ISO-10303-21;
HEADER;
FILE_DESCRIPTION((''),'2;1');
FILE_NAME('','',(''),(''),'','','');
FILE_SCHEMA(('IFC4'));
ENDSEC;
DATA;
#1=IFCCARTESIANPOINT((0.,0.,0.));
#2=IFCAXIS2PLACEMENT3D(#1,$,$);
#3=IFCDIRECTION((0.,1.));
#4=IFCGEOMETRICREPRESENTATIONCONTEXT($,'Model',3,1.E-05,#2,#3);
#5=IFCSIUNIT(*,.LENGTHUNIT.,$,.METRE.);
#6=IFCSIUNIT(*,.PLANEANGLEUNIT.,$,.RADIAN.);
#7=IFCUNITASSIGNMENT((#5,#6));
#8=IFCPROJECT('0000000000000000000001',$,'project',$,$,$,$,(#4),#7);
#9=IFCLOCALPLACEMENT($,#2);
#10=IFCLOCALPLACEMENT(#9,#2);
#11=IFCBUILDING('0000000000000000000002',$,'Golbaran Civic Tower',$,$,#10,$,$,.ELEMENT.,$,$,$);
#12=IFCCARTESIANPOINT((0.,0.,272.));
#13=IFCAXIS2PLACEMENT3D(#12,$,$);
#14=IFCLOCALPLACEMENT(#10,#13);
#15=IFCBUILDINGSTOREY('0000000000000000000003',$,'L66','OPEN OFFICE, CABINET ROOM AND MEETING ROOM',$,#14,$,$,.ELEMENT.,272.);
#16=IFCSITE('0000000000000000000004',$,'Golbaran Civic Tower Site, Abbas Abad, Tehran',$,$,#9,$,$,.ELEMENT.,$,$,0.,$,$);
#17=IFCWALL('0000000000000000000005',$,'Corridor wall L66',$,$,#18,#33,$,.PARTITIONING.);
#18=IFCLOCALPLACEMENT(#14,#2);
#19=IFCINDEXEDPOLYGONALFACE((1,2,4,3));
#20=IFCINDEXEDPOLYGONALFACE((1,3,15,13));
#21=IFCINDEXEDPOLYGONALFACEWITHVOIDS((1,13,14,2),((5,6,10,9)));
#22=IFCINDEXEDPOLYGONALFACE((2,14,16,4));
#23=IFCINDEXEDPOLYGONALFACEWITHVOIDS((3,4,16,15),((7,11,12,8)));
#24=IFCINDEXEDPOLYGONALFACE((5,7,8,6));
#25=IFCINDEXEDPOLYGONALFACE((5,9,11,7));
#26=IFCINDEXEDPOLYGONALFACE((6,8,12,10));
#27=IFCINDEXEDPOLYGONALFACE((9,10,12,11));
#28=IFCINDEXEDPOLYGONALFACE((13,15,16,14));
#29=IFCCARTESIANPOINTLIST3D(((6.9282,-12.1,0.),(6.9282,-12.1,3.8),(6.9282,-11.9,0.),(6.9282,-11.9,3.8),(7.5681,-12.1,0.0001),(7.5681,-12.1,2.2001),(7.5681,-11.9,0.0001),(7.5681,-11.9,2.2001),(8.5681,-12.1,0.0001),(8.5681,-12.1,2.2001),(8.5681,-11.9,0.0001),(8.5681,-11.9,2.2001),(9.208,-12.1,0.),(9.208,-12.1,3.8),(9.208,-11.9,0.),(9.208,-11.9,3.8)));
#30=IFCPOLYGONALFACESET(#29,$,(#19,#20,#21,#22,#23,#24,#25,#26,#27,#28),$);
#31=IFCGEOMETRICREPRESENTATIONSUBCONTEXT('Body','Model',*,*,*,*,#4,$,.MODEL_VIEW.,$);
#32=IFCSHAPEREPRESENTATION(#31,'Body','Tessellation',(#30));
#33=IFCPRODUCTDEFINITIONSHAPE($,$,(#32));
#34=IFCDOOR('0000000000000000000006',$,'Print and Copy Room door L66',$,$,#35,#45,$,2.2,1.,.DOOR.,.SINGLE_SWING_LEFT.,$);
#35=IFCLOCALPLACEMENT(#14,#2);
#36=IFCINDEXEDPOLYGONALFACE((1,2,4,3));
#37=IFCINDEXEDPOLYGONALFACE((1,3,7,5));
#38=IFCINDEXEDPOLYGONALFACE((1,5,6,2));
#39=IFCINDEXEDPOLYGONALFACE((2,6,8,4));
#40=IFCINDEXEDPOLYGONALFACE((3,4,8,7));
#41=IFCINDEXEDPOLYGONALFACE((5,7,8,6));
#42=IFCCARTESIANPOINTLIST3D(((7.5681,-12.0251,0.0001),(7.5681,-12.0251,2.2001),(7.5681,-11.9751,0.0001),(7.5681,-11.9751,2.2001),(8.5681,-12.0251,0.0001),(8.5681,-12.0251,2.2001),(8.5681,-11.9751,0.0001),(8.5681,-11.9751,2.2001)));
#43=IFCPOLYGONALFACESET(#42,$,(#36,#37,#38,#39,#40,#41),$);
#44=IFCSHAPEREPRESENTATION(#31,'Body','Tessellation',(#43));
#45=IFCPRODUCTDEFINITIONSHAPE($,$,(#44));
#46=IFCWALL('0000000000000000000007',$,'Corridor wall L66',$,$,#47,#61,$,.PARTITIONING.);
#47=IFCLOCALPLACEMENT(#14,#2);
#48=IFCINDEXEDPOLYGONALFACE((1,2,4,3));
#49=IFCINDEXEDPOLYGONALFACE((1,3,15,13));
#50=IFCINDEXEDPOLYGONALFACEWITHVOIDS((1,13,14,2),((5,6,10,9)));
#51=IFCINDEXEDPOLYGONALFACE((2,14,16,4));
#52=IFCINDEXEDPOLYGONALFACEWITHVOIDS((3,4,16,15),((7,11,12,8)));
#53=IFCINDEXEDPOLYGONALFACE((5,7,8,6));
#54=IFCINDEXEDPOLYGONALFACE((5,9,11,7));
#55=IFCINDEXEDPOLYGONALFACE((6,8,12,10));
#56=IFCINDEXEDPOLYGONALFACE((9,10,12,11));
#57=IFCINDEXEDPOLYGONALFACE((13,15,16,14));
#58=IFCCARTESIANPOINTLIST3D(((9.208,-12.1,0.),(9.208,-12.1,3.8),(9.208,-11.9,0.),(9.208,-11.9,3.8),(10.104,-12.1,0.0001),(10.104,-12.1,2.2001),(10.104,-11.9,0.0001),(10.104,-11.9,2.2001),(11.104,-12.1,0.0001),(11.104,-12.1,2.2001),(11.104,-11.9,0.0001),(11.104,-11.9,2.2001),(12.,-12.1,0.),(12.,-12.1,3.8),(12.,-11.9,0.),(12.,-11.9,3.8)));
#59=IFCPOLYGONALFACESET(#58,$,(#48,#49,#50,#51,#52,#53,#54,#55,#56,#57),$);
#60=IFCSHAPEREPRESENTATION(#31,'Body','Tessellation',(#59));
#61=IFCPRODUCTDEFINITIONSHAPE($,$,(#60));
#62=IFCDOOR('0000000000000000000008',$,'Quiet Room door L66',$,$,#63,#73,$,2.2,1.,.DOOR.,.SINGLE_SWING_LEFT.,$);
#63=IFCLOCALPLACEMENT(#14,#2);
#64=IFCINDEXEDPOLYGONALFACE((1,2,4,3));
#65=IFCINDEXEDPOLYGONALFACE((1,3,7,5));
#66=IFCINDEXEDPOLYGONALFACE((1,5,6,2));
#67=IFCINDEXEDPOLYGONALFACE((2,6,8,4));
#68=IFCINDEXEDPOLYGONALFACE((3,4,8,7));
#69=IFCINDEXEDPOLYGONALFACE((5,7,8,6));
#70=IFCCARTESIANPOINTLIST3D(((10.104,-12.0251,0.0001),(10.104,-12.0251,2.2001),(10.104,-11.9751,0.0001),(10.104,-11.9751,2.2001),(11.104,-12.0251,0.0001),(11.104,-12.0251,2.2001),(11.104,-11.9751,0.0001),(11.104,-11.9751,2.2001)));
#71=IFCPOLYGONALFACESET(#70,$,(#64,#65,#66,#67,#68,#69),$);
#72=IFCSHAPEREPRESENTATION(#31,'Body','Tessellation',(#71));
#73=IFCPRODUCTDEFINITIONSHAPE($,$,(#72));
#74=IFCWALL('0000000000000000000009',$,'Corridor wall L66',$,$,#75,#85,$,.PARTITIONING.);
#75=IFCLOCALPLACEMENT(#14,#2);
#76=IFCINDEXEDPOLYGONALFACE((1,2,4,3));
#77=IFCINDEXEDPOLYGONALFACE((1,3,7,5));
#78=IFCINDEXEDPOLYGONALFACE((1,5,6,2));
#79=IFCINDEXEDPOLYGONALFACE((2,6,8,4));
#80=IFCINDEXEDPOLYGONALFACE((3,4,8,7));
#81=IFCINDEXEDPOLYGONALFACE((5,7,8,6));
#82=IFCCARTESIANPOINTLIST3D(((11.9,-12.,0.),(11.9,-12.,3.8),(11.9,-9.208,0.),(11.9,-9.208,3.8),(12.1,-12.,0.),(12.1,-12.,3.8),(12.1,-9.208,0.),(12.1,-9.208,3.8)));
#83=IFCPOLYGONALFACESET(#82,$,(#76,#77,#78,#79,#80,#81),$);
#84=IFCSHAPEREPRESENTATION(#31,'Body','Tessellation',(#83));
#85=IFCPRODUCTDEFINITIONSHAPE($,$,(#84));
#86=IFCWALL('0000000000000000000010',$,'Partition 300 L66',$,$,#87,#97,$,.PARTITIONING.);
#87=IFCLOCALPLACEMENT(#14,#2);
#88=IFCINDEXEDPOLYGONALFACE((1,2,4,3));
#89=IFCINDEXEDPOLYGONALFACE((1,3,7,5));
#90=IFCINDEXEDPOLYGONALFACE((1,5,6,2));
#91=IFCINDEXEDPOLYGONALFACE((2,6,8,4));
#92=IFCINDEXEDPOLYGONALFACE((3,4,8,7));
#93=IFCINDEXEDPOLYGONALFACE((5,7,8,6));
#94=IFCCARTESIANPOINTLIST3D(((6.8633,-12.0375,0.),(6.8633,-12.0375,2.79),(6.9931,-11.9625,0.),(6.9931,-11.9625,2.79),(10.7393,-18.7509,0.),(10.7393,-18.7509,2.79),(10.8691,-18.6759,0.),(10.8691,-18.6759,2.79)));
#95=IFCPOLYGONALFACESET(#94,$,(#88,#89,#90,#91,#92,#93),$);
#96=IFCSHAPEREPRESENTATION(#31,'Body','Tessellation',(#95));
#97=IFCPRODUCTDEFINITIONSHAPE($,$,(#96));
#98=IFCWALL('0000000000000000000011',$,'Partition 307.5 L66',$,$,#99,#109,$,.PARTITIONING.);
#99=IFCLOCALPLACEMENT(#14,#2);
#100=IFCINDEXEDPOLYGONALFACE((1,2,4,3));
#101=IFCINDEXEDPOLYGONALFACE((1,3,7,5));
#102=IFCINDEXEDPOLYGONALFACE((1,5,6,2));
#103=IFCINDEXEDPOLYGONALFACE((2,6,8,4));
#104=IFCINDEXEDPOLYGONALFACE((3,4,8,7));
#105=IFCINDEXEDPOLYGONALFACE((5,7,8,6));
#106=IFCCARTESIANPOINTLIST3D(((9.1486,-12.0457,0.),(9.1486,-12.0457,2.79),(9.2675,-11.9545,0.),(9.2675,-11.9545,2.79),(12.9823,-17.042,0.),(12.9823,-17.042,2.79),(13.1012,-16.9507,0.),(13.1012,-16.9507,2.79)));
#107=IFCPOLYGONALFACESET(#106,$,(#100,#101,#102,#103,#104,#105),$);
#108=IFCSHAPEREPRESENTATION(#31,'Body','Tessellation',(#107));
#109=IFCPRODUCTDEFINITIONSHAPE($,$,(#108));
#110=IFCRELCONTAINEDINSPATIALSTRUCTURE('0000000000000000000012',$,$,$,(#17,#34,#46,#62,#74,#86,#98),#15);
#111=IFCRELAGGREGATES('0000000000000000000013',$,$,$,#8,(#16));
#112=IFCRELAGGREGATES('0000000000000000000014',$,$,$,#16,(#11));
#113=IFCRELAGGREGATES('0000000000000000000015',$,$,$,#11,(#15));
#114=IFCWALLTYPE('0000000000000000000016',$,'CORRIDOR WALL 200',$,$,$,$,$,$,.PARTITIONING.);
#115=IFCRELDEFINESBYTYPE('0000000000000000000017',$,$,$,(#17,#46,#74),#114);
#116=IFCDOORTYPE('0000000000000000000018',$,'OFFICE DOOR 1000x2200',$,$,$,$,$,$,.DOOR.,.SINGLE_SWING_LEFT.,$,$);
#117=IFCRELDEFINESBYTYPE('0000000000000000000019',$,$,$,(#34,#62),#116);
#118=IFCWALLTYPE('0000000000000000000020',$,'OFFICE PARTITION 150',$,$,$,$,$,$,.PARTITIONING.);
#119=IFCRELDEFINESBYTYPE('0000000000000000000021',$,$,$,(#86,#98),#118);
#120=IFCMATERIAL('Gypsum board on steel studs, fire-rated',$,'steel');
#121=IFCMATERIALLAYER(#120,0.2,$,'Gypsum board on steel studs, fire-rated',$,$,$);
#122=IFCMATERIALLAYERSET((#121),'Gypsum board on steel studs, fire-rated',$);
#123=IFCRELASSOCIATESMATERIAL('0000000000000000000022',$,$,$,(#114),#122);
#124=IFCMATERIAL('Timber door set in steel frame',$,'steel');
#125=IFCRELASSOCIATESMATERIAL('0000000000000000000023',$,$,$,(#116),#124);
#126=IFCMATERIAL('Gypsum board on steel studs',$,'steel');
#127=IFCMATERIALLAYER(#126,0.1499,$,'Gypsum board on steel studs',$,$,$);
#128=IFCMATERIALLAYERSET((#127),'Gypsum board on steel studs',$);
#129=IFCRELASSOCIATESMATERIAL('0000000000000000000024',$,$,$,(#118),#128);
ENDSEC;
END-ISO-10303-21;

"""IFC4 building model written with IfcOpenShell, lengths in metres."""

from ifc_helpers import new_model, si_unit, direction, frame, frame_2d, origin, place, context, subcontext, project, spatial, rectangle, extrude, material, layer, layer_set, type_object, element, fill, save


model = new_model("IFC4")

# Units and contexts
model_context = context("Model", 3, precision=1e-05, world=origin(), true_north=direction((0.0, 1.0)))
body_context = subcontext(model_context, "Body", "Model", "MODEL_VIEW")
ifc_project = project(units=[si_unit("LENGTHUNIT", "METRE"), si_unit("PLANEANGLEUNIT", "RADIAN")], contexts=[model_context])

# Site, building, storey
site_placement = place(None, origin())
site = spatial("IfcSite", under=ifc_project, at=site_placement, Name="Golbaran Civic Tower Site, Abbas Abad, Tehran", CompositionType="ELEMENT", RefElevation=0.0)
building_placement = place(site_placement, origin())
building = spatial("IfcBuilding", under=site, at=building_placement, Name="Golbaran Civic Tower", CompositionType="ELEMENT")
storey_placement = place(building_placement, frame((0.0, 0.0, 272.0)))
storey = spatial("IfcBuildingStorey", under=building, at=storey_placement, Name="L66", Description="OPEN OFFICE, CABINET ROOM AND MEETING ROOM", CompositionType="ELEMENT", Elevation=272.0)

# Walls, openings, doors
ifc_material_1 = material(Name="Gypsum board on steel studs, fire-rated", Category="steel")
ifc_layer_1 = layer(ifc_material_1, 0.2, Name="Gypsum board on steel studs, fire-rated")
ifc_layer_set_1 = layer_set([ifc_layer_1], Name="Gypsum board on steel studs, fire-rated")
wall_type_1 = type_object("IfcWallType", Name="CORRIDOR WALL 200", PredefinedType="PARTITIONING", material=ifc_layer_set_1)
wall_1_placement = place(storey_placement, frame((6.9282, -12.0, 0.0), z_axis=(0.0, 0.0, 1.0), x_axis=(1.0, 0.0, 0.0)))
wall_1 = element("IfcWall", 1, at=wall_1_placement, inside=storey, type_object=wall_type_1, Name="Corridor wall L66", PredefinedType="PARTITIONING", context=body_context, shape_type="SweptSolid", body=[
    extrude(rectangle(XDim=2.2798, YDim=0.2, at=frame_2d((1.1399, 0.0))), origin(), (0.0, 0.0, 1.0), 3.8),
])
opening_1_placement = place(wall_1_placement, frame((0.6399, 0.0, 0.0)))
opening_1 = element("IfcOpeningElement", 2, at=opening_1_placement, cuts=wall_1, PredefinedType="OPENING", context=body_context, shape_type="SweptSolid", body=[
    extrude(rectangle(XDim=1.0, YDim=2.2, at=frame_2d((0.5, 1.1001))), frame((0.0, 0.1099, 0.0), z_axis=(0.0, -1.0, 0.0), x_axis=(1.0, 0.0, 0.0)), (0.0, 0.0, 1.0), 0.22),
])
ifc_material_2 = material(Name="Timber door set in steel frame", Category="steel")
door_type = type_object("IfcDoorType", Name="OFFICE DOOR 1000x2200", OperationType="SINGLE_SWING_LEFT", PredefinedType="DOOR", material=ifc_material_2)
door_1_placement = place(opening_1_placement, origin())
door_1 = element("IfcDoor", 3, at=door_1_placement, inside=storey, type_object=door_type, Name="Print and Copy Room door L66", OperationType="SINGLE_SWING_LEFT", OverallHeight=2.2, OverallWidth=1.0, PredefinedType="DOOR", context=body_context, shape_type="SweptSolid", body=[
    extrude(rectangle(XDim=1.0, YDim=2.2, at=frame_2d((0.5, 1.1001))), frame((0.0, 0.0249, 0.0), z_axis=(0.0, -1.0, 0.0), x_axis=(1.0, 0.0, 0.0)), (0.0, 0.0, 1.0), 0.05),
])
fill(opening_1, door_1)
wall_2_placement = place(storey_placement, frame((9.208, -12.0, 0.0), z_axis=(0.0, 0.0, 1.0), x_axis=(1.0, 0.0, 0.0)))
wall_2 = element("IfcWall", 4, at=wall_2_placement, inside=storey, type_object=wall_type_1, Name="Corridor wall L66", PredefinedType="PARTITIONING", context=body_context, shape_type="SweptSolid", body=[
    extrude(rectangle(XDim=2.792, YDim=0.2, at=frame_2d((1.396, 0.0))), origin(), (0.0, 0.0, 1.0), 3.8),
])
opening_2_placement = place(wall_2_placement, frame((0.896, 0.0, 0.0)))
opening_2 = element("IfcOpeningElement", 5, at=opening_2_placement, cuts=wall_2, PredefinedType="OPENING", context=body_context, shape_type="SweptSolid", body=[
    extrude(rectangle(XDim=1.0, YDim=2.2, at=frame_2d((0.5, 1.1001))), frame((0.0, 0.1099, 0.0), z_axis=(0.0, -1.0, 0.0), x_axis=(1.0, 0.0, 0.0)), (0.0, 0.0, 1.0), 0.22),
])
door_2_placement = place(opening_2_placement, origin())
door_2 = element("IfcDoor", 6, at=door_2_placement, inside=storey, type_object=door_type, Name="Quiet Room door L66", OperationType="SINGLE_SWING_LEFT", OverallHeight=2.2, OverallWidth=1.0, PredefinedType="DOOR", context=body_context, shape_type="SweptSolid", body=[
    extrude(rectangle(XDim=1.0, YDim=2.2, at=frame_2d((0.5, 1.1001))), frame((0.0, 0.0249, 0.0), z_axis=(0.0, -1.0, 0.0), x_axis=(1.0, 0.0, 0.0)), (0.0, 0.0, 1.0), 0.05),
])
fill(opening_2, door_2)

# Walls
wall_3_placement = place(storey_placement, frame((12.0, -12.0, 0.0), z_axis=(0.0, 0.0, 1.0), x_axis=(0.0, 1.0, 0.0)))
element("IfcWall", 7, at=wall_3_placement, inside=storey, type_object=wall_type_1, Name="Corridor wall L66", PredefinedType="PARTITIONING", context=body_context, shape_type="SweptSolid", body=[
    extrude(rectangle(XDim=2.792, YDim=0.2, at=frame_2d((1.396, 0.0))), origin(), (0.0, 0.0, 1.0), 3.8),
])
ifc_material_3 = material(Name="Gypsum board on steel studs", Category="steel")
ifc_layer_2 = layer(ifc_material_3, 0.1499, Name="Gypsum board on steel studs")
ifc_layer_set_2 = layer_set([ifc_layer_2], Name="Gypsum board on steel studs")
wall_type_2 = type_object("IfcWallType", Name="OFFICE PARTITION 150", PredefinedType="PARTITIONING", material=ifc_layer_set_2)
wall_4_placement = place(storey_placement, frame((6.9282, -12.0, 0.0), z_axis=(0.0, 0.0, 1.0), x_axis=(0.500001, -0.866025, 0.0)))
element("IfcWall", 8, at=wall_4_placement, inside=storey, type_object=wall_type_2, Name="Partition 300 L66", PredefinedType="PARTITIONING", context=body_context, shape_type="SweptSolid", body=[
    extrude(rectangle(XDim=7.752, YDim=0.1499, at=frame_2d((3.876, 0.0))), origin(), (0.0, 0.0, 1.0), 2.79),
])
wall_5_placement = place(storey_placement, frame((9.208, -12.0, 0.0), z_axis=(0.0, 0.0, 1.0), x_axis=(0.608753, -0.79336, 0.0)))
element("IfcWall", 9, at=wall_5_placement, inside=storey, type_object=wall_type_2, Name="Partition 307.5 L66", PredefinedType="PARTITIONING", context=body_context, shape_type="SweptSolid", body=[
    extrude(rectangle(XDim=6.2976, YDim=0.1499, at=frame_2d((3.1489, 0.0))), origin(), (0.0, 0.0, 1.0), 2.79),
])

save(model, "model.ifc")
